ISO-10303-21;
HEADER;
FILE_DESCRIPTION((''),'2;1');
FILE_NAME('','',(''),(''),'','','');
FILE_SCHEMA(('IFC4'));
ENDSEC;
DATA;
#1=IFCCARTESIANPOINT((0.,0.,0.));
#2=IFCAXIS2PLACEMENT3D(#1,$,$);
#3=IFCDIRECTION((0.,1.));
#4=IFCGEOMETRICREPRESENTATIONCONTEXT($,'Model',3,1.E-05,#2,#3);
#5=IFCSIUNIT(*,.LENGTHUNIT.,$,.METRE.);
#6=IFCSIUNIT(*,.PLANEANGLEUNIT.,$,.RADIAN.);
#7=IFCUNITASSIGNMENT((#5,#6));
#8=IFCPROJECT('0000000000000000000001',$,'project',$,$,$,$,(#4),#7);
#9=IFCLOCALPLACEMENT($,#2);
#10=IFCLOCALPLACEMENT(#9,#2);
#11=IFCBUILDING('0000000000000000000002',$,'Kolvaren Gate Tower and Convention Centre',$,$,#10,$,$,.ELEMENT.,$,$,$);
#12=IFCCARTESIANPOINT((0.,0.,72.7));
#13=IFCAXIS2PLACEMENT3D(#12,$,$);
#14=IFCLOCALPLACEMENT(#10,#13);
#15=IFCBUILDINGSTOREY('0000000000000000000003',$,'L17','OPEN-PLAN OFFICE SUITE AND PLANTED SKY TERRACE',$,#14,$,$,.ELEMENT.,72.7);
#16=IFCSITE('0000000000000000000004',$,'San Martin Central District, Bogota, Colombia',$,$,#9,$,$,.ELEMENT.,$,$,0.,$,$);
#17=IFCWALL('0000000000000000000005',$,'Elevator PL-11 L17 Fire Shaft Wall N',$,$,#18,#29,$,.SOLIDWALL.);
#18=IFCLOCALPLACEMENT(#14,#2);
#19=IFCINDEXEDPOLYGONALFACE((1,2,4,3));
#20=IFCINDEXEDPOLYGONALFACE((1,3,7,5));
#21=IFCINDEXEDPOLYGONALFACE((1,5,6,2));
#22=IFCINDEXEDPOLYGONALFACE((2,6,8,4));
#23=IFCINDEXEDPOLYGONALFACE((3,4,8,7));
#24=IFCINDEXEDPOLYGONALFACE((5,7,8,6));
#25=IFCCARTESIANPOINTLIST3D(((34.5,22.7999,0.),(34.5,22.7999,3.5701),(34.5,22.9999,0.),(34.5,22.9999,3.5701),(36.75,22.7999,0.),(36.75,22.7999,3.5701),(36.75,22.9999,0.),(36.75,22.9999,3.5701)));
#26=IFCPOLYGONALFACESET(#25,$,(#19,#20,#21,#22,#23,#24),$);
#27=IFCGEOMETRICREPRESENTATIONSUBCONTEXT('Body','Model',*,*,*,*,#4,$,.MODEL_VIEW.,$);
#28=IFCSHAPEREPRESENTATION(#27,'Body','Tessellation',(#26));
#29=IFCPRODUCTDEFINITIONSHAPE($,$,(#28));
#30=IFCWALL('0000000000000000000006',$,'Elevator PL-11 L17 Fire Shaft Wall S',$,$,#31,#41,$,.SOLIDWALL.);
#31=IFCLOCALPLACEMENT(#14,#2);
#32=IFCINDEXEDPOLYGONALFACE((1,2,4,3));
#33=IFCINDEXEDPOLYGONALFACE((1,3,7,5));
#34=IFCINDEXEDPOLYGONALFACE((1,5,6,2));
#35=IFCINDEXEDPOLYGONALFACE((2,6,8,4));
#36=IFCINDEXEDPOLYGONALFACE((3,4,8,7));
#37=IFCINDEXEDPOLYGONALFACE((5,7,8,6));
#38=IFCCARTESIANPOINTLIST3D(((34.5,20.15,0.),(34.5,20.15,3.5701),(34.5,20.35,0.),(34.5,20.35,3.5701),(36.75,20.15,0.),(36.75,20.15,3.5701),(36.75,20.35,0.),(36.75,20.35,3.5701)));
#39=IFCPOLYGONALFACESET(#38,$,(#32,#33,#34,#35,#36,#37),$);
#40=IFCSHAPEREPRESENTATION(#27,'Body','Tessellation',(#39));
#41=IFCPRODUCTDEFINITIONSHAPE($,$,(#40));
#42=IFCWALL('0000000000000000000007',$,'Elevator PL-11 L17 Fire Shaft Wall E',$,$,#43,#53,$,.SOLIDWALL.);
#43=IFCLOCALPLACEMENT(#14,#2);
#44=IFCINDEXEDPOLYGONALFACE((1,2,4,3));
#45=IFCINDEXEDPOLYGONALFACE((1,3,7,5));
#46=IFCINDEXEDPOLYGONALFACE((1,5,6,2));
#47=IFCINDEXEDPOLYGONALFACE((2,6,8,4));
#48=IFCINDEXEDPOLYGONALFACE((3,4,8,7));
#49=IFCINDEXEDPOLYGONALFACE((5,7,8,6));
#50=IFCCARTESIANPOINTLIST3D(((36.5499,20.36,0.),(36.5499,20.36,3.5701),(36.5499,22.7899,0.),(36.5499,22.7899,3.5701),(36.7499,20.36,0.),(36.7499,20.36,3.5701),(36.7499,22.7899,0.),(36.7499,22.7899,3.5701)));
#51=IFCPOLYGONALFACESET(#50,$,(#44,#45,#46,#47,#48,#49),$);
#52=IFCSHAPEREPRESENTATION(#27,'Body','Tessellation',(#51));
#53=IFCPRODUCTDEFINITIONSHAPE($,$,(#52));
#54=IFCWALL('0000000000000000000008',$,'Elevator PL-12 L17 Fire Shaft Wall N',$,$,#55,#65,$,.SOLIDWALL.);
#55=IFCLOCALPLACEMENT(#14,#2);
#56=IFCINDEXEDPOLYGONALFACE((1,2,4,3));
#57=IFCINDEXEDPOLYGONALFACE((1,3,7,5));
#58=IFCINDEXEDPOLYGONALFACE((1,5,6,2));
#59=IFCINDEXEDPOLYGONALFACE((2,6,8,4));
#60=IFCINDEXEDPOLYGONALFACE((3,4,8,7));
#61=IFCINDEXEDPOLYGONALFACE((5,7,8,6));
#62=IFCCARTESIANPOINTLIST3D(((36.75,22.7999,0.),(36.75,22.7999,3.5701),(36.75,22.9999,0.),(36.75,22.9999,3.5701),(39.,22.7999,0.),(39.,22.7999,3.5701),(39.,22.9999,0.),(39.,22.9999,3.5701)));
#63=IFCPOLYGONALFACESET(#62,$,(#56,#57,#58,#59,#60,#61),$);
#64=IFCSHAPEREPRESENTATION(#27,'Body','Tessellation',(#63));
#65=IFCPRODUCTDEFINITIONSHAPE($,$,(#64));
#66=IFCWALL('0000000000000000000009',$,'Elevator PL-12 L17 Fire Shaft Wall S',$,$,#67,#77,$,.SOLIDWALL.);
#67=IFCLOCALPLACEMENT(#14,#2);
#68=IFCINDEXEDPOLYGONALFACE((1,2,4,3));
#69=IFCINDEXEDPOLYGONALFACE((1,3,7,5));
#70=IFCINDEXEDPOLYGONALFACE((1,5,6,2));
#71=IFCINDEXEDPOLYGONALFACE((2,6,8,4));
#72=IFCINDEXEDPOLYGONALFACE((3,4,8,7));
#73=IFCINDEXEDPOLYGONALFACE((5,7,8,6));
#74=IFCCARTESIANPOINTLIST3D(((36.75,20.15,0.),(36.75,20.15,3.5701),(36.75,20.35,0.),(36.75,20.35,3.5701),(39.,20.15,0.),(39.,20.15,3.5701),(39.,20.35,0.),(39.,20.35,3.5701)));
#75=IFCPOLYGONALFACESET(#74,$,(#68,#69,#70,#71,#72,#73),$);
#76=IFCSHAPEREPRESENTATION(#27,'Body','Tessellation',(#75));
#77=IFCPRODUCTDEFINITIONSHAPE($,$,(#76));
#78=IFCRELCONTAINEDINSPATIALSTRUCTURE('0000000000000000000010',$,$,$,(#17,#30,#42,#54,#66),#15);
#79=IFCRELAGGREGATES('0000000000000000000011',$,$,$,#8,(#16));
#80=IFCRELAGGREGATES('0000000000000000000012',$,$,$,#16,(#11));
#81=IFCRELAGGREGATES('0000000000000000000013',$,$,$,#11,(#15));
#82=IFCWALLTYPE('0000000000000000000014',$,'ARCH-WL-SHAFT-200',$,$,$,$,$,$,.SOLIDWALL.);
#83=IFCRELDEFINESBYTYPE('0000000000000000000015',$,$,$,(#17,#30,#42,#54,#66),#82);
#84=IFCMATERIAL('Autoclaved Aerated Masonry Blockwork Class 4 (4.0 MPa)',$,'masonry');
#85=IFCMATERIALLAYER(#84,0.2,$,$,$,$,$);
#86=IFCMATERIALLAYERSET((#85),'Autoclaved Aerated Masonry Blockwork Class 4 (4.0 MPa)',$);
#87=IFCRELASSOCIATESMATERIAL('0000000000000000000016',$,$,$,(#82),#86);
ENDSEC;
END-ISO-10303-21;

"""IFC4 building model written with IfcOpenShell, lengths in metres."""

from ifc_helpers import new_model, si_unit, direction, frame, frame_2d, origin, place, context, subcontext, project, spatial, rectangle, extrude, material, layer, layer_set, type_object, element, save


model = new_model("IFC4")

# Units and contexts
model_context = context("Model", 3, precision=1e-05, world=origin(), true_north=direction((0.0, 1.0)))
body_context = subcontext(model_context, "Body", "Model", "MODEL_VIEW")
ifc_project = project(units=[si_unit("LENGTHUNIT", "METRE"), si_unit("PLANEANGLEUNIT", "RADIAN")], contexts=[model_context])

# Site, building, storey
site_placement = place(None, origin())
site = spatial("IfcSite", under=ifc_project, at=site_placement, Name="San Martin Central District, Bogota, Colombia", CompositionType="ELEMENT", RefElevation=0.0)
building_placement = place(site_placement, origin())
building = spatial("IfcBuilding", under=site, at=building_placement, Name="Kolvaren Gate Tower and Convention Centre", CompositionType="ELEMENT")
storey_placement = place(building_placement, frame((0.0, 0.0, 72.7)))
storey = spatial("IfcBuildingStorey", under=building, at=storey_placement, Name="L17", Description="OPEN-PLAN OFFICE SUITE AND PLANTED SKY TERRACE", CompositionType="ELEMENT", Elevation=72.7)

# Walls
ifc_material = material(Name="Autoclaved Aerated Masonry Blockwork Class 4 (4.0 MPa)", Category="masonry")
ifc_layer = layer(ifc_material, 0.2)
ifc_layer_set = layer_set([ifc_layer], Name="Autoclaved Aerated Masonry Blockwork Class 4 (4.0 MPa)")
wall_type = type_object("IfcWallType", Name="ARCH-WL-SHAFT-200", PredefinedType="SOLIDWALL", material=ifc_layer_set)
for number, where, z_axis, x_axis, name in (
    (1, (34.5, 22.8999, 0.0), (0.0, 0.0, 1.0), (1.0, 0.0, 0.0), "Elevator PL-11 L17 Fire Shaft Wall N"),
    (2, (34.5, 20.25, 0.0), (0.0, 0.0, 1.0), (1.0, 0.0, 0.0), "Elevator PL-11 L17 Fire Shaft Wall S"),
):
    element("IfcWall", number, at=place(storey_placement, frame(where, z_axis=z_axis, x_axis=x_axis)), inside=storey, type_object=wall_type, Name=name, PredefinedType="SOLIDWALL", context=body_context, shape_type="SweptSolid", body=[
        extrude(rectangle(XDim=2.25, YDim=0.2, at=frame_2d((1.125, 0.0))), origin(), (0.0, 0.0, 1.0), 3.5701),
    ])
wall_1_placement = place(storey_placement, frame((36.6499, 20.3601, 0.0), z_axis=(0.0, 0.0, 1.0), x_axis=(0.0, 1.0, 0.0)))
element("IfcWall", 3, at=wall_1_placement, inside=storey, type_object=wall_type, Name="Elevator PL-11 L17 Fire Shaft Wall E", PredefinedType="SOLIDWALL", context=body_context, shape_type="SweptSolid", body=[
    extrude(rectangle(XDim=2.4299, YDim=0.2, at=frame_2d((1.2148, 0.0))), origin(), (0.0, 0.0, 1.0), 3.5701),
])
for number, where, z_axis, x_axis, name in (
    (4, (36.75, 22.8999, 0.0), (0.0, 0.0, 1.0), (1.0, 0.0, 0.0), "Elevator PL-12 L17 Fire Shaft Wall N"),
    (5, (36.75, 20.25, 0.0), (0.0, 0.0, 1.0), (1.0, 0.0, 0.0), "Elevator PL-12 L17 Fire Shaft Wall S"),
):
    element("IfcWall", number, at=place(storey_placement, frame(where, z_axis=z_axis, x_axis=x_axis)), inside=storey, type_object=wall_type, Name=name, PredefinedType="SOLIDWALL", context=body_context, shape_type="SweptSolid", body=[
        extrude(rectangle(XDim=2.25, YDim=0.2, at=frame_2d((1.125, 0.0))), origin(), (0.0, 0.0, 1.0), 3.5701),
    ])

save(model, "model.ifc")
